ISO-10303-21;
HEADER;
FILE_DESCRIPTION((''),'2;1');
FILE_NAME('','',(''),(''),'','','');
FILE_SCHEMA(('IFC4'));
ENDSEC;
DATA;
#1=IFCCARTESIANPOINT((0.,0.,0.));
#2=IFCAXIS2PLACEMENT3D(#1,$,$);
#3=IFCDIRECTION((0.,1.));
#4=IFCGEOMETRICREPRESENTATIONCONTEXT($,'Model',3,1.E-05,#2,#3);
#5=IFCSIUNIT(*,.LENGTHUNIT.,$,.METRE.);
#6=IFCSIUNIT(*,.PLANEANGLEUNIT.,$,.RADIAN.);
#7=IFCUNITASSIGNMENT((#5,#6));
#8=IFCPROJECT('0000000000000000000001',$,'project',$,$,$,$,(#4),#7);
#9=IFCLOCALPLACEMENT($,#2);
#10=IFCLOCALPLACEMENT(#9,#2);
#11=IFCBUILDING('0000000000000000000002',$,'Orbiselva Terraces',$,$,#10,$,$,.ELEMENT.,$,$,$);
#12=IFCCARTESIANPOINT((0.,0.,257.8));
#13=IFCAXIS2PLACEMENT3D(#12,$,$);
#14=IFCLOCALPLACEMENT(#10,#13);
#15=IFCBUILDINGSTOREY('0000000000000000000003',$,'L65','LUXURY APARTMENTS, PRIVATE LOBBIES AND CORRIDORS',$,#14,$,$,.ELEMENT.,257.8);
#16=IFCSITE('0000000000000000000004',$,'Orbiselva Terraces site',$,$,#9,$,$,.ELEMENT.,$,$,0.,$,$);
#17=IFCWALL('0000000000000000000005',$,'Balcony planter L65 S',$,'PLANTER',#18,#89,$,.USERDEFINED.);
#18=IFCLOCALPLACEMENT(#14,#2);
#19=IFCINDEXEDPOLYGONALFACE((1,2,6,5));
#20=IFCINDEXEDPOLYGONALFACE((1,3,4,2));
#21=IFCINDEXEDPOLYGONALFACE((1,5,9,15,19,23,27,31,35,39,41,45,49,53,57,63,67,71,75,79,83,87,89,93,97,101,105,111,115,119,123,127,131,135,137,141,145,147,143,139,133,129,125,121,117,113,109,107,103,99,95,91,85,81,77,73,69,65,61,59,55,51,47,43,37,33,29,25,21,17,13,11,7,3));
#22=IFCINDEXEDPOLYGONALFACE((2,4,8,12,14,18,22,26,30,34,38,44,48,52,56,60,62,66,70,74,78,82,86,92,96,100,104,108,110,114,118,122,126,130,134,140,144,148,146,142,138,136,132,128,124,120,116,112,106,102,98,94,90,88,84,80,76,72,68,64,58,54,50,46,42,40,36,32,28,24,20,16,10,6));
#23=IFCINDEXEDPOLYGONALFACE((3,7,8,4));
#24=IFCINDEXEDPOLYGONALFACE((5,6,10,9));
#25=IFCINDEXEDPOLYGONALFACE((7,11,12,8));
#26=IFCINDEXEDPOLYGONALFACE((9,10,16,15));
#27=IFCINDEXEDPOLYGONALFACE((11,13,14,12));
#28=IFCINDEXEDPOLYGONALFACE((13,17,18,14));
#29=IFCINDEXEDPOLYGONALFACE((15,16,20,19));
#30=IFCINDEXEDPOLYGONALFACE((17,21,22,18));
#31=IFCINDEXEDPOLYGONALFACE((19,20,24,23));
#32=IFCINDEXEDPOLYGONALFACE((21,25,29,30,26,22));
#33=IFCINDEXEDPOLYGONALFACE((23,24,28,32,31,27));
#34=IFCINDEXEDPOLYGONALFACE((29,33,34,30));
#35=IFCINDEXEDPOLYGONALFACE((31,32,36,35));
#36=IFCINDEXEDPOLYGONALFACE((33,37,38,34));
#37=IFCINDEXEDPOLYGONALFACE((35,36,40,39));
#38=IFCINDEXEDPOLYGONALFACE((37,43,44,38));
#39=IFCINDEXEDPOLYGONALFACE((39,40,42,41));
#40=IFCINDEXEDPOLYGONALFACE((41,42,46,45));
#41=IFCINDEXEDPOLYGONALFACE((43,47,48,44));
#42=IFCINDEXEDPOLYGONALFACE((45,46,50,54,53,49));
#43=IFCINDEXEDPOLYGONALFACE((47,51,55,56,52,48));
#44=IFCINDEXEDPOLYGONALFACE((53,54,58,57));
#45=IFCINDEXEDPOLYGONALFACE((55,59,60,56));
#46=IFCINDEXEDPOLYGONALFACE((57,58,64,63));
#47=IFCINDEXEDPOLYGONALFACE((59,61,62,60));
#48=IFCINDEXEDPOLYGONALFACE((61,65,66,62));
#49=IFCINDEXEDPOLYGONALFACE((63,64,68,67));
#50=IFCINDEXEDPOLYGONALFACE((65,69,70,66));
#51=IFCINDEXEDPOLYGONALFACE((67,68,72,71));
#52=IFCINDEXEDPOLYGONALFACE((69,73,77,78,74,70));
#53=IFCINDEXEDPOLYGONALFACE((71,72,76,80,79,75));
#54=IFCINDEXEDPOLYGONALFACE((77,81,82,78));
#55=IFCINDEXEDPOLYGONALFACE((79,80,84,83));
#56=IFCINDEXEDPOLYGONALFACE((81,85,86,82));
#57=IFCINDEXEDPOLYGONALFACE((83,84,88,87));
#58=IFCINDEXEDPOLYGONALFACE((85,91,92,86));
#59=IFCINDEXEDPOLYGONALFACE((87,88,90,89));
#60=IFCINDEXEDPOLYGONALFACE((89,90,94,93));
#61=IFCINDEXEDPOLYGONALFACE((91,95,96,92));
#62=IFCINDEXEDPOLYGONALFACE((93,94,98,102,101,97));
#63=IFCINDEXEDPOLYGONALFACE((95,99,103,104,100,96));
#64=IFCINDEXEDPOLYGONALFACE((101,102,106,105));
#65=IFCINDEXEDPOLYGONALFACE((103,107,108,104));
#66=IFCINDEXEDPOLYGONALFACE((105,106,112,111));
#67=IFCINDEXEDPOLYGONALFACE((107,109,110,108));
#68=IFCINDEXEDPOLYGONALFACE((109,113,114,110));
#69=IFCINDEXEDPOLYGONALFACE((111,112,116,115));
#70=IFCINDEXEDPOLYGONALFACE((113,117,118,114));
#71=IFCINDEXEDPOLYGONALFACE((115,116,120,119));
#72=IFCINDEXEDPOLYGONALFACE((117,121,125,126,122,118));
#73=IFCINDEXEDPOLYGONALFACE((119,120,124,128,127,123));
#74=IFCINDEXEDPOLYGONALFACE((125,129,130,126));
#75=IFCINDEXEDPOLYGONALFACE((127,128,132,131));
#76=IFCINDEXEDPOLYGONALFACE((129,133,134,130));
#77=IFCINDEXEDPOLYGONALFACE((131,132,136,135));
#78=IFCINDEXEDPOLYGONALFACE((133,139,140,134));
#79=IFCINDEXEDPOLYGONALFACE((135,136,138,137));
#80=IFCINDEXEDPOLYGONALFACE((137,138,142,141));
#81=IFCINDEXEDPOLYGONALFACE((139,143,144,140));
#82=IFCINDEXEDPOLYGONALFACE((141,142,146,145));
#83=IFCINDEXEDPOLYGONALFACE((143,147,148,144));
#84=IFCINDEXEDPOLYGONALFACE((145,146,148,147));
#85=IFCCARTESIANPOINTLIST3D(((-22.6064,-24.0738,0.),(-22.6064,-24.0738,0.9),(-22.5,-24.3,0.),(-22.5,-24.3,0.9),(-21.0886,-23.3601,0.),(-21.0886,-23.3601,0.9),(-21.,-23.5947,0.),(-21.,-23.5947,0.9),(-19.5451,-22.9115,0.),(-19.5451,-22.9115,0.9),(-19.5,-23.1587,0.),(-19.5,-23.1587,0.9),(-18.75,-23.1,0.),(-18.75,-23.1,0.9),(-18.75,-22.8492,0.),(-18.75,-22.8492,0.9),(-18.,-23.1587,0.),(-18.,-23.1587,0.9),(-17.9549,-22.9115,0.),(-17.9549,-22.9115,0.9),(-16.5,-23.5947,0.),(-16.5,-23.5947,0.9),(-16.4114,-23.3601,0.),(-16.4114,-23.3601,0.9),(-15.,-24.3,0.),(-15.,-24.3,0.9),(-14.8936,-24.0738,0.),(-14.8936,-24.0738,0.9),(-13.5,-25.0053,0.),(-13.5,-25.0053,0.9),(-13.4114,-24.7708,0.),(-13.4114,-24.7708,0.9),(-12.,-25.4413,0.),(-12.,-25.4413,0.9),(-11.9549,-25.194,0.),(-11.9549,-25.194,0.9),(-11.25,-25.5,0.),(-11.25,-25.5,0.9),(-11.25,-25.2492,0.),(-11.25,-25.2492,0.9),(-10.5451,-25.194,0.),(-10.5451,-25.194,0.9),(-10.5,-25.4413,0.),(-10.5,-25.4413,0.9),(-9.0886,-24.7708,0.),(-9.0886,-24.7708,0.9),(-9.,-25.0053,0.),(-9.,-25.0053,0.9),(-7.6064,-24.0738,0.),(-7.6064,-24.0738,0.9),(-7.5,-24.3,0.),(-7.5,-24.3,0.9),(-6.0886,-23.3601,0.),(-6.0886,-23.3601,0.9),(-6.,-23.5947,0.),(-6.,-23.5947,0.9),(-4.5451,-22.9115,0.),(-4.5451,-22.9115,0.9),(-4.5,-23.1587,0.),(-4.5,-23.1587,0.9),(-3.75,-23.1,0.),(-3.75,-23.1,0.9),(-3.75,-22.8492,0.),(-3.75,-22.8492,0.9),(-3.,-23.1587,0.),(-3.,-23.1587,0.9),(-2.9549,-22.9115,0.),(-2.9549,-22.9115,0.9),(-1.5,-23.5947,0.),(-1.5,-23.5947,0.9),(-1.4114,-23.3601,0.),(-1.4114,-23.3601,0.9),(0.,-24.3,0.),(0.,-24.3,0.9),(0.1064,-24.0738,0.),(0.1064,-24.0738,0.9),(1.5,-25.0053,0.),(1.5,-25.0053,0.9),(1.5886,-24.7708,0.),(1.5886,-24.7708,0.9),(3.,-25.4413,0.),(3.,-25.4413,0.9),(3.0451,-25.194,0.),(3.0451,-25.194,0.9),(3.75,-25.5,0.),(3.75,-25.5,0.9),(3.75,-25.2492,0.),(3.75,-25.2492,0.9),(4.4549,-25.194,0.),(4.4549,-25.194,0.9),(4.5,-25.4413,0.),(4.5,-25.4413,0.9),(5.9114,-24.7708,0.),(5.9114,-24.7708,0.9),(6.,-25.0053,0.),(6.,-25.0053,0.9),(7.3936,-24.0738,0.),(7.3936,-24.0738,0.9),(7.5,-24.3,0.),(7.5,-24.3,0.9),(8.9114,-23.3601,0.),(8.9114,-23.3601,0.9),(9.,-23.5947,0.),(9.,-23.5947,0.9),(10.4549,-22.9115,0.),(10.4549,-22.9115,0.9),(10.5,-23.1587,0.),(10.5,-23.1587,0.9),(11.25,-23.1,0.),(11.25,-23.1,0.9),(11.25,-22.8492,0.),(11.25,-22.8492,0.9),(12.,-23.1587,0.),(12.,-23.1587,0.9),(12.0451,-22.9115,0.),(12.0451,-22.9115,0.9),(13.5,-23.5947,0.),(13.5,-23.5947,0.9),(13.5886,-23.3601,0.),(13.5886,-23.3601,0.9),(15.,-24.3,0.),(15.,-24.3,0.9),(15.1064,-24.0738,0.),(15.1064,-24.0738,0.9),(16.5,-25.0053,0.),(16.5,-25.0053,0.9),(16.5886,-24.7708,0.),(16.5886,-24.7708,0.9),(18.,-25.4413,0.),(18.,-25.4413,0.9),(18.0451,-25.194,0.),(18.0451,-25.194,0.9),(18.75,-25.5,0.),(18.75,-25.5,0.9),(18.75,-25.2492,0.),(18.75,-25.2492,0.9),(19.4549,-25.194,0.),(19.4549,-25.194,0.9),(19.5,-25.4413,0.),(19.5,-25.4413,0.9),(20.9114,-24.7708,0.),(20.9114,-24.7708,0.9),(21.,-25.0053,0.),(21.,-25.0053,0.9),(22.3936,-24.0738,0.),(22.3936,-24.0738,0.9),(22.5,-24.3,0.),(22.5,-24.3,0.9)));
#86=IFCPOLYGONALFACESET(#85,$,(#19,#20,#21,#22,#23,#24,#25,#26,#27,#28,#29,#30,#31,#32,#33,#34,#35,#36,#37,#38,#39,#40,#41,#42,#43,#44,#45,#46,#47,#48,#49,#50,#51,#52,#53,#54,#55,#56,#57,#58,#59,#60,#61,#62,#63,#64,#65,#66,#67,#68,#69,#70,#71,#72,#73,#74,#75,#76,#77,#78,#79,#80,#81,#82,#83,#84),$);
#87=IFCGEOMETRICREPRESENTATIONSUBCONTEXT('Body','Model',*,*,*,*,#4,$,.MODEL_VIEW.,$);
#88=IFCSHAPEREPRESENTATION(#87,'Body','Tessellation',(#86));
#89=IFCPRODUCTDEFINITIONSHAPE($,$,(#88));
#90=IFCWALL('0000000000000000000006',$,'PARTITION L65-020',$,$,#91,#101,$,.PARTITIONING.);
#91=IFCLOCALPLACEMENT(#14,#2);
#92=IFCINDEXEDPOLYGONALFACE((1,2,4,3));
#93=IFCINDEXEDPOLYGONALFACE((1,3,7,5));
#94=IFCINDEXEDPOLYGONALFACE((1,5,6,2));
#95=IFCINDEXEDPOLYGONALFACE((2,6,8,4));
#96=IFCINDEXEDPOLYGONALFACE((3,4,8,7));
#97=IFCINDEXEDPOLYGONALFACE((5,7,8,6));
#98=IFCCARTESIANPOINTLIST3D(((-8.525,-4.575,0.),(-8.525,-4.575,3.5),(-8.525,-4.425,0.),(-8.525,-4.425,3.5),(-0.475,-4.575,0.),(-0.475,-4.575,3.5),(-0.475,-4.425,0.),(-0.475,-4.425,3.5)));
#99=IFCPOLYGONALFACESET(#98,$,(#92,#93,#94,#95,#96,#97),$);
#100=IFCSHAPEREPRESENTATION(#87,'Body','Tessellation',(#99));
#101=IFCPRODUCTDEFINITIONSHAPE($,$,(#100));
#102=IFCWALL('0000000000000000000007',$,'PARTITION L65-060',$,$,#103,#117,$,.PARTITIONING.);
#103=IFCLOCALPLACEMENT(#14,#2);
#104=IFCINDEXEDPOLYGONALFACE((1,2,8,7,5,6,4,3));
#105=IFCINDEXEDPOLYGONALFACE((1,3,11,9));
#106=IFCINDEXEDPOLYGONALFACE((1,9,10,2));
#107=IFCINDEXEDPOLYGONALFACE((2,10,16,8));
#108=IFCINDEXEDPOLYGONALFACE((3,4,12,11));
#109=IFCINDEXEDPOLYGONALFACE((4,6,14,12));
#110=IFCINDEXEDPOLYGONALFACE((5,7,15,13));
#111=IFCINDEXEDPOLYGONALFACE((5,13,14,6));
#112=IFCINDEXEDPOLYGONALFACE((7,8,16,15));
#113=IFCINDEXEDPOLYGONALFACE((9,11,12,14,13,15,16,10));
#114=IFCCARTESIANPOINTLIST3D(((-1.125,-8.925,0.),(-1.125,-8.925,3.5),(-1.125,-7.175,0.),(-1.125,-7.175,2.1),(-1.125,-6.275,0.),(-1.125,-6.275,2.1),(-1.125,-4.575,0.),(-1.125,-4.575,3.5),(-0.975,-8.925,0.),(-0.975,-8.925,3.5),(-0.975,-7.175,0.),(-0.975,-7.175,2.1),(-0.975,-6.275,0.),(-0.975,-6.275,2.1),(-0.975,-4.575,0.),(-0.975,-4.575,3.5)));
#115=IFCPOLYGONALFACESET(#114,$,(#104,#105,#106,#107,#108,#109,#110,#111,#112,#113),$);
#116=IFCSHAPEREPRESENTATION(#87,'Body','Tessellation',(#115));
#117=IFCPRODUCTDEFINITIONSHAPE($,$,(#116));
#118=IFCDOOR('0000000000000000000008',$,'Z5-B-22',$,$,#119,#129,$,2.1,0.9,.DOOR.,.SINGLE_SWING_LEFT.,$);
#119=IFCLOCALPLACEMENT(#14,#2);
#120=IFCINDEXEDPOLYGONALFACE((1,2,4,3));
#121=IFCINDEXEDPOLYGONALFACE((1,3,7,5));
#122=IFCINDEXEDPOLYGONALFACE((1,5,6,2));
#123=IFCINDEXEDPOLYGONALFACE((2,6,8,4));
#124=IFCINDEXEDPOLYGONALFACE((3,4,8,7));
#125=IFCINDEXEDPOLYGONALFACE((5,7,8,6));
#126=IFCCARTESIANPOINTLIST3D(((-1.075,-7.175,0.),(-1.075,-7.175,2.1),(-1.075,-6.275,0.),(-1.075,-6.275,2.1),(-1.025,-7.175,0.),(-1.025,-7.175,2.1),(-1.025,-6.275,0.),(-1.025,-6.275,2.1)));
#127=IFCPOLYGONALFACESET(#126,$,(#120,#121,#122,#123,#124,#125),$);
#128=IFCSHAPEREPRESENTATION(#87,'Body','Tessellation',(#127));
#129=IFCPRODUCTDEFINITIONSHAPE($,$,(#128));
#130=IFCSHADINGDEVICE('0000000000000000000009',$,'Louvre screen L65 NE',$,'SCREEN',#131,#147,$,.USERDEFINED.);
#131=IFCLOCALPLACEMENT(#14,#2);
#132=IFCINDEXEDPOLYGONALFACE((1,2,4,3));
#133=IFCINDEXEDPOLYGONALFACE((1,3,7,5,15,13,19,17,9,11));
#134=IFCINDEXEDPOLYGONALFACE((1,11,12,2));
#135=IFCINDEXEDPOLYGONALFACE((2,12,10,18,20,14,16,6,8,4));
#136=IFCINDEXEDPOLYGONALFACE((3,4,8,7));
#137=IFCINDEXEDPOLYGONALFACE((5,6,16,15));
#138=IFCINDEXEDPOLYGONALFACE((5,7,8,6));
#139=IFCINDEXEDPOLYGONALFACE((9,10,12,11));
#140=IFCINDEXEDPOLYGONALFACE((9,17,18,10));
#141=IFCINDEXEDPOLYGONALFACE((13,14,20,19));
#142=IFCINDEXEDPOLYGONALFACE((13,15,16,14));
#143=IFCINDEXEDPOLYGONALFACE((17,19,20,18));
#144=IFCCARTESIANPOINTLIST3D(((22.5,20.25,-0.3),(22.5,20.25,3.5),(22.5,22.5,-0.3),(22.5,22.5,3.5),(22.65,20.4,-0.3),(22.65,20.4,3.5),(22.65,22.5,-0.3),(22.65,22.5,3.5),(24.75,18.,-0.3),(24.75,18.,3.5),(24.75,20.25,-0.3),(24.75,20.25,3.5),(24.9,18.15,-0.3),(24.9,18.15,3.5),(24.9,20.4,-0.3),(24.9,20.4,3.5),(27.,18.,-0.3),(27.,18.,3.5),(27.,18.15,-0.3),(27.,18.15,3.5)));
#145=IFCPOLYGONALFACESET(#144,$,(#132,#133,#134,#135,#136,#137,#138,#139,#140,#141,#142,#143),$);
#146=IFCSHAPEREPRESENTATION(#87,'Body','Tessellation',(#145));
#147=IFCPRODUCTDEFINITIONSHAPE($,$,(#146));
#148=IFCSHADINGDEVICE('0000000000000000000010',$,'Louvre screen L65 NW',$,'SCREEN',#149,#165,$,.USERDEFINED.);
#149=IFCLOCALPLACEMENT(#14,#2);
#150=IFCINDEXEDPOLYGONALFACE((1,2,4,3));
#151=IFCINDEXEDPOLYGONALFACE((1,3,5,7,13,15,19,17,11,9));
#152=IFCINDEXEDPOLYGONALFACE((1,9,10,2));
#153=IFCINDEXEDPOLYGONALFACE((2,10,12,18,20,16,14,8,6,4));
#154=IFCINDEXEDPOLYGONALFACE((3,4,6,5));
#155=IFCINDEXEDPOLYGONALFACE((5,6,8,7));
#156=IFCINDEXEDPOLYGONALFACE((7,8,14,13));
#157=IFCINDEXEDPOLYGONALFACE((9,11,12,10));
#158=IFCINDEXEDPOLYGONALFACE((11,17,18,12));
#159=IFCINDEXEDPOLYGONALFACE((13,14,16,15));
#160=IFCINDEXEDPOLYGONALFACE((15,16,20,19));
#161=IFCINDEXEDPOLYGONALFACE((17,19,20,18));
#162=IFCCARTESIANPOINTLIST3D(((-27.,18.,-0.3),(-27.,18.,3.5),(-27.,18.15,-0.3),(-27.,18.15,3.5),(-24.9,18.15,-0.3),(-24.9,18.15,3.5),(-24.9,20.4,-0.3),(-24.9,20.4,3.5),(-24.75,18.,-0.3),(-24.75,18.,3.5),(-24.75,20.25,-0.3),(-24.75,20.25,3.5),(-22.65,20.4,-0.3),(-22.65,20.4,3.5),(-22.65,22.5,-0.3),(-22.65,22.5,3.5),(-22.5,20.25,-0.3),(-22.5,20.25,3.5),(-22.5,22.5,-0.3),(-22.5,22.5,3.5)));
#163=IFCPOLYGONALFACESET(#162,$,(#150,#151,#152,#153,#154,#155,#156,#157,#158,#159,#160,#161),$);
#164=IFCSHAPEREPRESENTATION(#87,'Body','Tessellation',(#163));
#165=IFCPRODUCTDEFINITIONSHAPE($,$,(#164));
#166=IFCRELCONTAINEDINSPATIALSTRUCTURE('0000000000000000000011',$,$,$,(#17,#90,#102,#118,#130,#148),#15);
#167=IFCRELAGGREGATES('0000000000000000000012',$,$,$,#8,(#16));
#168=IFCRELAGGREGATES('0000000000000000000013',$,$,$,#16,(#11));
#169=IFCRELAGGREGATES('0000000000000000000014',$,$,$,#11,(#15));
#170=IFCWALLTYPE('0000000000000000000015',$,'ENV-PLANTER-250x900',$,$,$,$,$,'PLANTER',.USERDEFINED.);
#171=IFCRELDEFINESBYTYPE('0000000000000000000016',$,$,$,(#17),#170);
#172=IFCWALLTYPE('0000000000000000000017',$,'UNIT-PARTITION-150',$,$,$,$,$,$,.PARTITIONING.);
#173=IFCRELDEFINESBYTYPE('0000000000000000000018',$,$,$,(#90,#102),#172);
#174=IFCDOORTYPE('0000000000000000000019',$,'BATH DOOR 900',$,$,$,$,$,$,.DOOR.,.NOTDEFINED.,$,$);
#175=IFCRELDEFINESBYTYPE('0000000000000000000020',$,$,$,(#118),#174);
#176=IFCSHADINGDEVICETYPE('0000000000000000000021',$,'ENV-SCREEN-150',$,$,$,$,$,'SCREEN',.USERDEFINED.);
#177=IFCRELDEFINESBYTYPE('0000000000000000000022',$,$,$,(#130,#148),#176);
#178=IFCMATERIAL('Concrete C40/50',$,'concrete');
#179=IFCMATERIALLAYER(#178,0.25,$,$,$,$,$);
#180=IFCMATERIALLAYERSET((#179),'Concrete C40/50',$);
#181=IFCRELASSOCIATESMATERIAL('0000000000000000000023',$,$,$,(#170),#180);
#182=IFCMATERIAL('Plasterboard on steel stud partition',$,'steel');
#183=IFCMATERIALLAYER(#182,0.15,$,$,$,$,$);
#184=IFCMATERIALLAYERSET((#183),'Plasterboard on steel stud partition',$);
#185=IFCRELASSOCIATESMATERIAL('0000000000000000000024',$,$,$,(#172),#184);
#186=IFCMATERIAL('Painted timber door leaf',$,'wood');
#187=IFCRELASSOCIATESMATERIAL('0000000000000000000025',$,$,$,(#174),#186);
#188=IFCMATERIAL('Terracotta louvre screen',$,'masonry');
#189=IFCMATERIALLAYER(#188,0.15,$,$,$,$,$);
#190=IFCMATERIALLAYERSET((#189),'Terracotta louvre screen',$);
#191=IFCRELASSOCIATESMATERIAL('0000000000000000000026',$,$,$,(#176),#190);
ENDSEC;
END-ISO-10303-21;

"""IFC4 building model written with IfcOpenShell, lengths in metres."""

from ifc_helpers import new_model, si_unit, direction, frame, frame_2d, origin, place, context, subcontext, project, spatial, polyline, rectangle, outline, extrude, material, layer, layer_set, type_object, element, fill, save


model = new_model("IFC4")

# Units and contexts
model_context = context("Model", 3, precision=1e-05, world=origin(), true_north=direction((0.0, 1.0)))
body_context = subcontext(model_context, "Body", "Model", "MODEL_VIEW")
ifc_project = project(units=[si_unit("LENGTHUNIT", "METRE"), si_unit("PLANEANGLEUNIT", "RADIAN")], contexts=[model_context])

# Site, building, storey
site_placement = place(None, origin())
site = spatial("IfcSite", under=ifc_project, at=site_placement, Name="Orbiselva Terraces site", CompositionType="ELEMENT", RefElevation=0.0)
building_placement = place(site_placement, origin())
building = spatial("IfcBuilding", under=site, at=building_placement, Name="Orbiselva Terraces", CompositionType="ELEMENT")
storey_placement = place(building_placement, frame((0.0, 0.0, 257.8)))
storey = spatial("IfcBuildingStorey", under=building, at=storey_placement, Name="L65", Description="LUXURY APARTMENTS, PRIVATE LOBBIES AND CORRIDORS", CompositionType="ELEMENT", Elevation=257.8)

# Walls
ifc_material_1 = material(Name="Concrete C40/50", Category="concrete")
ifc_layer_1 = layer(ifc_material_1, 0.25)
ifc_layer_set_1 = layer_set([ifc_layer_1], Name="Concrete C40/50")
wall_type_1 = type_object("IfcWallType", Name="ENV-PLANTER-250x900", ElementType="PLANTER", PredefinedType="USERDEFINED", material=ifc_layer_set_1)
wall_1_placement = place(storey_placement, origin())
element("IfcWall", 1, at=wall_1_placement, inside=storey, type_object=wall_type_1, Name="Balcony planter L65 S", ObjectType="PLANTER", PredefinedType="USERDEFINED", context=body_context, shape_type="SweptSolid", body=[
    extrude(outline(polyline([(-22.5, -24.3), (-21.0, -23.5947), (-19.5, -23.1587), (-18.75, -23.1), (-18.0, -23.1587), (-16.5, -23.5947), (-15.0, -24.3), (-13.5, -25.0053), (-12.0, -25.4413), (-11.25, -25.5), (-10.5, -25.4413), (-9.0, -25.0053), (-7.5, -24.3), (-6.0, -23.5947), (-4.5, -23.1587), (-3.75, -23.1), (-3.0, -23.1587), (-1.5, -23.5947), (0.0, -24.3), (1.5, -25.0053), (3.0, -25.4413), (3.75, -25.5), (4.5, -25.4413), (6.0, -25.0053), (7.5, -24.3), (9.0, -23.5947), (10.5, -23.1587), (11.25, -23.1), (12.0, -23.1587), (13.5, -23.5947), (15.0, -24.3), (16.5, -25.0053), (18.0, -25.4413), (18.75, -25.5), (19.5, -25.4413), (21.0, -25.0053), (22.5, -24.3), (22.3936, -24.0738), (20.9114, -24.7708), (19.4549, -25.194), (18.75, -25.2492), (18.0451, -25.194), (16.5886, -24.7708), (15.1064, -24.0738), (13.5886, -23.3601), (12.0451, -22.9115), (11.25, -22.8492), (10.4549, -22.9115), (8.9114, -23.3601), (7.3936, -24.0738), (5.9114, -24.7708), (4.4549, -25.194), (3.75, -25.2492), (3.0451, -25.194), (1.5886, -24.7708), (0.1064, -24.0738), (-1.4114, -23.3601), (-2.9549, -22.9115), (-3.75, -22.8492), (-4.5451, -22.9115), (-6.0886, -23.3601), (-7.6064, -24.0738), (-9.0886, -24.7708), (-10.5451, -25.194), (-11.25, -25.2492), (-11.9549, -25.194), (-13.4114, -24.7708), (-14.8936, -24.0738), (-16.4114, -23.3601), (-17.9549, -22.9115), (-18.75, -22.8492), (-19.5451, -22.9115), (-21.0886, -23.3601), (-22.6064, -24.0738), (-22.5, -24.3)])), origin(), (0.0, 0.0, 1.0), 0.9),
])
ifc_material_2 = material(Name="Plasterboard on steel stud partition", Category="steel")
ifc_layer_2 = layer(ifc_material_2, 0.15)
ifc_layer_set_2 = layer_set([ifc_layer_2], Name="Plasterboard on steel stud partition")
wall_type_2 = type_object("IfcWallType", Name="UNIT-PARTITION-150", PredefinedType="PARTITIONING", material=ifc_layer_set_2)
wall_2_placement = place(storey_placement, frame((-8.525, -4.5, 0.0), z_axis=(0.0, 0.0, 1.0), x_axis=(1.0, 0.0, 0.0)))
element("IfcWall", 2, at=wall_2_placement, inside=storey, type_object=wall_type_2, Name="PARTITION L65-020", PredefinedType="PARTITIONING", context=body_context, shape_type="SweptSolid", body=[
    extrude(rectangle(XDim=8.05, YDim=0.15, at=frame_2d((4.025, 0.0))), origin(), (0.0, 0.0, 1.0), 3.5),
])

# Wall, opening, door
wall_3_placement = place(storey_placement, frame((-1.05, -4.575, 0.0), z_axis=(0.0, 0.0, 1.0), x_axis=(0.0, -1.0, 0.0)))
wall_3 = element("IfcWall", 3, at=wall_3_placement, inside=storey, type_object=wall_type_2, Name="PARTITION L65-060", PredefinedType="PARTITIONING", context=body_context, shape_type="SweptSolid", body=[
    extrude(rectangle(XDim=4.35, YDim=0.15, at=frame_2d((2.175, 0.0))), origin(), (0.0, 0.0, 1.0), 3.5),
])
opening_placement = place(wall_3_placement, frame((1.7, 0.0, 0.0)))
opening = element("IfcOpeningElement", 4, at=opening_placement, cuts=wall_3, PredefinedType="OPENING", context=body_context, shape_type="SweptSolid", body=[
    extrude(rectangle(XDim=0.9, YDim=2.1, at=frame_2d((0.45, 1.05))), frame((0.0, 0.085, 0.0), z_axis=(0.0, -1.0, 0.0), x_axis=(1.0, 0.0, 0.0)), (0.0, 0.0, 1.0), 0.17),
])
ifc_material_3 = material(Name="Painted timber door leaf", Category="wood")
door_type = type_object("IfcDoorType", Name="BATH DOOR 900", OperationType="NOTDEFINED", PredefinedType="DOOR", material=ifc_material_3)
door_placement = place(opening_placement, origin())
door = element("IfcDoor", 5, at=door_placement, inside=storey, type_object=door_type, Name="Z5-B-22", OperationType="SINGLE_SWING_LEFT", OverallHeight=2.1, OverallWidth=0.9, PredefinedType="DOOR", context=body_context, shape_type="SweptSolid", body=[
    extrude(rectangle(XDim=0.9, YDim=2.1, at=frame_2d((0.45, 1.05))), frame((0.0, 0.025, 0.0), z_axis=(0.0, -1.0, 0.0), x_axis=(1.0, 0.0, 0.0)), (0.0, 0.0, 1.0), 0.05),
])
fill(opening, door)

# Shading devices
ifc_material_4 = material(Name="Terracotta louvre screen", Category="masonry")
ifc_layer_3 = layer(ifc_material_4, 0.15)
ifc_layer_set_3 = layer_set([ifc_layer_3], Name="Terracotta louvre screen")
shading_device_type_1 = type_object("IfcShadingDeviceType", Name="ENV-SCREEN-150", ElementType="SCREEN", PredefinedType="USERDEFINED", material=ifc_layer_set_3)
shading_device_1_placement = place(storey_placement, frame((0.0, 0.0, -0.3)))
element("IfcShadingDevice", 6, at=shading_device_1_placement, inside=storey, type_object=shading_device_type_1, Name="Louvre screen L65 NE", ObjectType="SCREEN", PredefinedType="USERDEFINED", context=body_context, shape_type="SweptSolid", body=[
    extrude(outline(polyline([(27.0, 18.15), (24.9, 18.15), (24.9, 20.4), (22.65, 20.4), (22.65, 22.5), (22.5, 22.5), (22.5, 20.25), (24.75, 20.25), (24.75, 18.0), (27.0, 18.0), (27.0, 18.15)])), origin(), (0.0, 0.0, 1.0), 3.8),
])
shading_device_2_placement = place(storey_placement, frame((0.0, 0.0, -0.3)))
element("IfcShadingDevice", 7, at=shading_device_2_placement, inside=storey, type_object=shading_device_type_1, Name="Louvre screen L65 NW", ObjectType="SCREEN", PredefinedType="USERDEFINED", context=body_context, shape_type="SweptSolid", body=[
    extrude(outline(polyline([(-22.65, 22.5), (-22.65, 20.4), (-24.9, 20.4), (-24.9, 18.15), (-27.0, 18.15), (-27.0, 18.0), (-24.75, 18.0), (-24.75, 20.25), (-22.5, 20.25), (-22.5, 22.5), (-22.65, 22.5)])), origin(), (0.0, 0.0, 1.0), 3.8),
])

save(model, "model.ifc")
